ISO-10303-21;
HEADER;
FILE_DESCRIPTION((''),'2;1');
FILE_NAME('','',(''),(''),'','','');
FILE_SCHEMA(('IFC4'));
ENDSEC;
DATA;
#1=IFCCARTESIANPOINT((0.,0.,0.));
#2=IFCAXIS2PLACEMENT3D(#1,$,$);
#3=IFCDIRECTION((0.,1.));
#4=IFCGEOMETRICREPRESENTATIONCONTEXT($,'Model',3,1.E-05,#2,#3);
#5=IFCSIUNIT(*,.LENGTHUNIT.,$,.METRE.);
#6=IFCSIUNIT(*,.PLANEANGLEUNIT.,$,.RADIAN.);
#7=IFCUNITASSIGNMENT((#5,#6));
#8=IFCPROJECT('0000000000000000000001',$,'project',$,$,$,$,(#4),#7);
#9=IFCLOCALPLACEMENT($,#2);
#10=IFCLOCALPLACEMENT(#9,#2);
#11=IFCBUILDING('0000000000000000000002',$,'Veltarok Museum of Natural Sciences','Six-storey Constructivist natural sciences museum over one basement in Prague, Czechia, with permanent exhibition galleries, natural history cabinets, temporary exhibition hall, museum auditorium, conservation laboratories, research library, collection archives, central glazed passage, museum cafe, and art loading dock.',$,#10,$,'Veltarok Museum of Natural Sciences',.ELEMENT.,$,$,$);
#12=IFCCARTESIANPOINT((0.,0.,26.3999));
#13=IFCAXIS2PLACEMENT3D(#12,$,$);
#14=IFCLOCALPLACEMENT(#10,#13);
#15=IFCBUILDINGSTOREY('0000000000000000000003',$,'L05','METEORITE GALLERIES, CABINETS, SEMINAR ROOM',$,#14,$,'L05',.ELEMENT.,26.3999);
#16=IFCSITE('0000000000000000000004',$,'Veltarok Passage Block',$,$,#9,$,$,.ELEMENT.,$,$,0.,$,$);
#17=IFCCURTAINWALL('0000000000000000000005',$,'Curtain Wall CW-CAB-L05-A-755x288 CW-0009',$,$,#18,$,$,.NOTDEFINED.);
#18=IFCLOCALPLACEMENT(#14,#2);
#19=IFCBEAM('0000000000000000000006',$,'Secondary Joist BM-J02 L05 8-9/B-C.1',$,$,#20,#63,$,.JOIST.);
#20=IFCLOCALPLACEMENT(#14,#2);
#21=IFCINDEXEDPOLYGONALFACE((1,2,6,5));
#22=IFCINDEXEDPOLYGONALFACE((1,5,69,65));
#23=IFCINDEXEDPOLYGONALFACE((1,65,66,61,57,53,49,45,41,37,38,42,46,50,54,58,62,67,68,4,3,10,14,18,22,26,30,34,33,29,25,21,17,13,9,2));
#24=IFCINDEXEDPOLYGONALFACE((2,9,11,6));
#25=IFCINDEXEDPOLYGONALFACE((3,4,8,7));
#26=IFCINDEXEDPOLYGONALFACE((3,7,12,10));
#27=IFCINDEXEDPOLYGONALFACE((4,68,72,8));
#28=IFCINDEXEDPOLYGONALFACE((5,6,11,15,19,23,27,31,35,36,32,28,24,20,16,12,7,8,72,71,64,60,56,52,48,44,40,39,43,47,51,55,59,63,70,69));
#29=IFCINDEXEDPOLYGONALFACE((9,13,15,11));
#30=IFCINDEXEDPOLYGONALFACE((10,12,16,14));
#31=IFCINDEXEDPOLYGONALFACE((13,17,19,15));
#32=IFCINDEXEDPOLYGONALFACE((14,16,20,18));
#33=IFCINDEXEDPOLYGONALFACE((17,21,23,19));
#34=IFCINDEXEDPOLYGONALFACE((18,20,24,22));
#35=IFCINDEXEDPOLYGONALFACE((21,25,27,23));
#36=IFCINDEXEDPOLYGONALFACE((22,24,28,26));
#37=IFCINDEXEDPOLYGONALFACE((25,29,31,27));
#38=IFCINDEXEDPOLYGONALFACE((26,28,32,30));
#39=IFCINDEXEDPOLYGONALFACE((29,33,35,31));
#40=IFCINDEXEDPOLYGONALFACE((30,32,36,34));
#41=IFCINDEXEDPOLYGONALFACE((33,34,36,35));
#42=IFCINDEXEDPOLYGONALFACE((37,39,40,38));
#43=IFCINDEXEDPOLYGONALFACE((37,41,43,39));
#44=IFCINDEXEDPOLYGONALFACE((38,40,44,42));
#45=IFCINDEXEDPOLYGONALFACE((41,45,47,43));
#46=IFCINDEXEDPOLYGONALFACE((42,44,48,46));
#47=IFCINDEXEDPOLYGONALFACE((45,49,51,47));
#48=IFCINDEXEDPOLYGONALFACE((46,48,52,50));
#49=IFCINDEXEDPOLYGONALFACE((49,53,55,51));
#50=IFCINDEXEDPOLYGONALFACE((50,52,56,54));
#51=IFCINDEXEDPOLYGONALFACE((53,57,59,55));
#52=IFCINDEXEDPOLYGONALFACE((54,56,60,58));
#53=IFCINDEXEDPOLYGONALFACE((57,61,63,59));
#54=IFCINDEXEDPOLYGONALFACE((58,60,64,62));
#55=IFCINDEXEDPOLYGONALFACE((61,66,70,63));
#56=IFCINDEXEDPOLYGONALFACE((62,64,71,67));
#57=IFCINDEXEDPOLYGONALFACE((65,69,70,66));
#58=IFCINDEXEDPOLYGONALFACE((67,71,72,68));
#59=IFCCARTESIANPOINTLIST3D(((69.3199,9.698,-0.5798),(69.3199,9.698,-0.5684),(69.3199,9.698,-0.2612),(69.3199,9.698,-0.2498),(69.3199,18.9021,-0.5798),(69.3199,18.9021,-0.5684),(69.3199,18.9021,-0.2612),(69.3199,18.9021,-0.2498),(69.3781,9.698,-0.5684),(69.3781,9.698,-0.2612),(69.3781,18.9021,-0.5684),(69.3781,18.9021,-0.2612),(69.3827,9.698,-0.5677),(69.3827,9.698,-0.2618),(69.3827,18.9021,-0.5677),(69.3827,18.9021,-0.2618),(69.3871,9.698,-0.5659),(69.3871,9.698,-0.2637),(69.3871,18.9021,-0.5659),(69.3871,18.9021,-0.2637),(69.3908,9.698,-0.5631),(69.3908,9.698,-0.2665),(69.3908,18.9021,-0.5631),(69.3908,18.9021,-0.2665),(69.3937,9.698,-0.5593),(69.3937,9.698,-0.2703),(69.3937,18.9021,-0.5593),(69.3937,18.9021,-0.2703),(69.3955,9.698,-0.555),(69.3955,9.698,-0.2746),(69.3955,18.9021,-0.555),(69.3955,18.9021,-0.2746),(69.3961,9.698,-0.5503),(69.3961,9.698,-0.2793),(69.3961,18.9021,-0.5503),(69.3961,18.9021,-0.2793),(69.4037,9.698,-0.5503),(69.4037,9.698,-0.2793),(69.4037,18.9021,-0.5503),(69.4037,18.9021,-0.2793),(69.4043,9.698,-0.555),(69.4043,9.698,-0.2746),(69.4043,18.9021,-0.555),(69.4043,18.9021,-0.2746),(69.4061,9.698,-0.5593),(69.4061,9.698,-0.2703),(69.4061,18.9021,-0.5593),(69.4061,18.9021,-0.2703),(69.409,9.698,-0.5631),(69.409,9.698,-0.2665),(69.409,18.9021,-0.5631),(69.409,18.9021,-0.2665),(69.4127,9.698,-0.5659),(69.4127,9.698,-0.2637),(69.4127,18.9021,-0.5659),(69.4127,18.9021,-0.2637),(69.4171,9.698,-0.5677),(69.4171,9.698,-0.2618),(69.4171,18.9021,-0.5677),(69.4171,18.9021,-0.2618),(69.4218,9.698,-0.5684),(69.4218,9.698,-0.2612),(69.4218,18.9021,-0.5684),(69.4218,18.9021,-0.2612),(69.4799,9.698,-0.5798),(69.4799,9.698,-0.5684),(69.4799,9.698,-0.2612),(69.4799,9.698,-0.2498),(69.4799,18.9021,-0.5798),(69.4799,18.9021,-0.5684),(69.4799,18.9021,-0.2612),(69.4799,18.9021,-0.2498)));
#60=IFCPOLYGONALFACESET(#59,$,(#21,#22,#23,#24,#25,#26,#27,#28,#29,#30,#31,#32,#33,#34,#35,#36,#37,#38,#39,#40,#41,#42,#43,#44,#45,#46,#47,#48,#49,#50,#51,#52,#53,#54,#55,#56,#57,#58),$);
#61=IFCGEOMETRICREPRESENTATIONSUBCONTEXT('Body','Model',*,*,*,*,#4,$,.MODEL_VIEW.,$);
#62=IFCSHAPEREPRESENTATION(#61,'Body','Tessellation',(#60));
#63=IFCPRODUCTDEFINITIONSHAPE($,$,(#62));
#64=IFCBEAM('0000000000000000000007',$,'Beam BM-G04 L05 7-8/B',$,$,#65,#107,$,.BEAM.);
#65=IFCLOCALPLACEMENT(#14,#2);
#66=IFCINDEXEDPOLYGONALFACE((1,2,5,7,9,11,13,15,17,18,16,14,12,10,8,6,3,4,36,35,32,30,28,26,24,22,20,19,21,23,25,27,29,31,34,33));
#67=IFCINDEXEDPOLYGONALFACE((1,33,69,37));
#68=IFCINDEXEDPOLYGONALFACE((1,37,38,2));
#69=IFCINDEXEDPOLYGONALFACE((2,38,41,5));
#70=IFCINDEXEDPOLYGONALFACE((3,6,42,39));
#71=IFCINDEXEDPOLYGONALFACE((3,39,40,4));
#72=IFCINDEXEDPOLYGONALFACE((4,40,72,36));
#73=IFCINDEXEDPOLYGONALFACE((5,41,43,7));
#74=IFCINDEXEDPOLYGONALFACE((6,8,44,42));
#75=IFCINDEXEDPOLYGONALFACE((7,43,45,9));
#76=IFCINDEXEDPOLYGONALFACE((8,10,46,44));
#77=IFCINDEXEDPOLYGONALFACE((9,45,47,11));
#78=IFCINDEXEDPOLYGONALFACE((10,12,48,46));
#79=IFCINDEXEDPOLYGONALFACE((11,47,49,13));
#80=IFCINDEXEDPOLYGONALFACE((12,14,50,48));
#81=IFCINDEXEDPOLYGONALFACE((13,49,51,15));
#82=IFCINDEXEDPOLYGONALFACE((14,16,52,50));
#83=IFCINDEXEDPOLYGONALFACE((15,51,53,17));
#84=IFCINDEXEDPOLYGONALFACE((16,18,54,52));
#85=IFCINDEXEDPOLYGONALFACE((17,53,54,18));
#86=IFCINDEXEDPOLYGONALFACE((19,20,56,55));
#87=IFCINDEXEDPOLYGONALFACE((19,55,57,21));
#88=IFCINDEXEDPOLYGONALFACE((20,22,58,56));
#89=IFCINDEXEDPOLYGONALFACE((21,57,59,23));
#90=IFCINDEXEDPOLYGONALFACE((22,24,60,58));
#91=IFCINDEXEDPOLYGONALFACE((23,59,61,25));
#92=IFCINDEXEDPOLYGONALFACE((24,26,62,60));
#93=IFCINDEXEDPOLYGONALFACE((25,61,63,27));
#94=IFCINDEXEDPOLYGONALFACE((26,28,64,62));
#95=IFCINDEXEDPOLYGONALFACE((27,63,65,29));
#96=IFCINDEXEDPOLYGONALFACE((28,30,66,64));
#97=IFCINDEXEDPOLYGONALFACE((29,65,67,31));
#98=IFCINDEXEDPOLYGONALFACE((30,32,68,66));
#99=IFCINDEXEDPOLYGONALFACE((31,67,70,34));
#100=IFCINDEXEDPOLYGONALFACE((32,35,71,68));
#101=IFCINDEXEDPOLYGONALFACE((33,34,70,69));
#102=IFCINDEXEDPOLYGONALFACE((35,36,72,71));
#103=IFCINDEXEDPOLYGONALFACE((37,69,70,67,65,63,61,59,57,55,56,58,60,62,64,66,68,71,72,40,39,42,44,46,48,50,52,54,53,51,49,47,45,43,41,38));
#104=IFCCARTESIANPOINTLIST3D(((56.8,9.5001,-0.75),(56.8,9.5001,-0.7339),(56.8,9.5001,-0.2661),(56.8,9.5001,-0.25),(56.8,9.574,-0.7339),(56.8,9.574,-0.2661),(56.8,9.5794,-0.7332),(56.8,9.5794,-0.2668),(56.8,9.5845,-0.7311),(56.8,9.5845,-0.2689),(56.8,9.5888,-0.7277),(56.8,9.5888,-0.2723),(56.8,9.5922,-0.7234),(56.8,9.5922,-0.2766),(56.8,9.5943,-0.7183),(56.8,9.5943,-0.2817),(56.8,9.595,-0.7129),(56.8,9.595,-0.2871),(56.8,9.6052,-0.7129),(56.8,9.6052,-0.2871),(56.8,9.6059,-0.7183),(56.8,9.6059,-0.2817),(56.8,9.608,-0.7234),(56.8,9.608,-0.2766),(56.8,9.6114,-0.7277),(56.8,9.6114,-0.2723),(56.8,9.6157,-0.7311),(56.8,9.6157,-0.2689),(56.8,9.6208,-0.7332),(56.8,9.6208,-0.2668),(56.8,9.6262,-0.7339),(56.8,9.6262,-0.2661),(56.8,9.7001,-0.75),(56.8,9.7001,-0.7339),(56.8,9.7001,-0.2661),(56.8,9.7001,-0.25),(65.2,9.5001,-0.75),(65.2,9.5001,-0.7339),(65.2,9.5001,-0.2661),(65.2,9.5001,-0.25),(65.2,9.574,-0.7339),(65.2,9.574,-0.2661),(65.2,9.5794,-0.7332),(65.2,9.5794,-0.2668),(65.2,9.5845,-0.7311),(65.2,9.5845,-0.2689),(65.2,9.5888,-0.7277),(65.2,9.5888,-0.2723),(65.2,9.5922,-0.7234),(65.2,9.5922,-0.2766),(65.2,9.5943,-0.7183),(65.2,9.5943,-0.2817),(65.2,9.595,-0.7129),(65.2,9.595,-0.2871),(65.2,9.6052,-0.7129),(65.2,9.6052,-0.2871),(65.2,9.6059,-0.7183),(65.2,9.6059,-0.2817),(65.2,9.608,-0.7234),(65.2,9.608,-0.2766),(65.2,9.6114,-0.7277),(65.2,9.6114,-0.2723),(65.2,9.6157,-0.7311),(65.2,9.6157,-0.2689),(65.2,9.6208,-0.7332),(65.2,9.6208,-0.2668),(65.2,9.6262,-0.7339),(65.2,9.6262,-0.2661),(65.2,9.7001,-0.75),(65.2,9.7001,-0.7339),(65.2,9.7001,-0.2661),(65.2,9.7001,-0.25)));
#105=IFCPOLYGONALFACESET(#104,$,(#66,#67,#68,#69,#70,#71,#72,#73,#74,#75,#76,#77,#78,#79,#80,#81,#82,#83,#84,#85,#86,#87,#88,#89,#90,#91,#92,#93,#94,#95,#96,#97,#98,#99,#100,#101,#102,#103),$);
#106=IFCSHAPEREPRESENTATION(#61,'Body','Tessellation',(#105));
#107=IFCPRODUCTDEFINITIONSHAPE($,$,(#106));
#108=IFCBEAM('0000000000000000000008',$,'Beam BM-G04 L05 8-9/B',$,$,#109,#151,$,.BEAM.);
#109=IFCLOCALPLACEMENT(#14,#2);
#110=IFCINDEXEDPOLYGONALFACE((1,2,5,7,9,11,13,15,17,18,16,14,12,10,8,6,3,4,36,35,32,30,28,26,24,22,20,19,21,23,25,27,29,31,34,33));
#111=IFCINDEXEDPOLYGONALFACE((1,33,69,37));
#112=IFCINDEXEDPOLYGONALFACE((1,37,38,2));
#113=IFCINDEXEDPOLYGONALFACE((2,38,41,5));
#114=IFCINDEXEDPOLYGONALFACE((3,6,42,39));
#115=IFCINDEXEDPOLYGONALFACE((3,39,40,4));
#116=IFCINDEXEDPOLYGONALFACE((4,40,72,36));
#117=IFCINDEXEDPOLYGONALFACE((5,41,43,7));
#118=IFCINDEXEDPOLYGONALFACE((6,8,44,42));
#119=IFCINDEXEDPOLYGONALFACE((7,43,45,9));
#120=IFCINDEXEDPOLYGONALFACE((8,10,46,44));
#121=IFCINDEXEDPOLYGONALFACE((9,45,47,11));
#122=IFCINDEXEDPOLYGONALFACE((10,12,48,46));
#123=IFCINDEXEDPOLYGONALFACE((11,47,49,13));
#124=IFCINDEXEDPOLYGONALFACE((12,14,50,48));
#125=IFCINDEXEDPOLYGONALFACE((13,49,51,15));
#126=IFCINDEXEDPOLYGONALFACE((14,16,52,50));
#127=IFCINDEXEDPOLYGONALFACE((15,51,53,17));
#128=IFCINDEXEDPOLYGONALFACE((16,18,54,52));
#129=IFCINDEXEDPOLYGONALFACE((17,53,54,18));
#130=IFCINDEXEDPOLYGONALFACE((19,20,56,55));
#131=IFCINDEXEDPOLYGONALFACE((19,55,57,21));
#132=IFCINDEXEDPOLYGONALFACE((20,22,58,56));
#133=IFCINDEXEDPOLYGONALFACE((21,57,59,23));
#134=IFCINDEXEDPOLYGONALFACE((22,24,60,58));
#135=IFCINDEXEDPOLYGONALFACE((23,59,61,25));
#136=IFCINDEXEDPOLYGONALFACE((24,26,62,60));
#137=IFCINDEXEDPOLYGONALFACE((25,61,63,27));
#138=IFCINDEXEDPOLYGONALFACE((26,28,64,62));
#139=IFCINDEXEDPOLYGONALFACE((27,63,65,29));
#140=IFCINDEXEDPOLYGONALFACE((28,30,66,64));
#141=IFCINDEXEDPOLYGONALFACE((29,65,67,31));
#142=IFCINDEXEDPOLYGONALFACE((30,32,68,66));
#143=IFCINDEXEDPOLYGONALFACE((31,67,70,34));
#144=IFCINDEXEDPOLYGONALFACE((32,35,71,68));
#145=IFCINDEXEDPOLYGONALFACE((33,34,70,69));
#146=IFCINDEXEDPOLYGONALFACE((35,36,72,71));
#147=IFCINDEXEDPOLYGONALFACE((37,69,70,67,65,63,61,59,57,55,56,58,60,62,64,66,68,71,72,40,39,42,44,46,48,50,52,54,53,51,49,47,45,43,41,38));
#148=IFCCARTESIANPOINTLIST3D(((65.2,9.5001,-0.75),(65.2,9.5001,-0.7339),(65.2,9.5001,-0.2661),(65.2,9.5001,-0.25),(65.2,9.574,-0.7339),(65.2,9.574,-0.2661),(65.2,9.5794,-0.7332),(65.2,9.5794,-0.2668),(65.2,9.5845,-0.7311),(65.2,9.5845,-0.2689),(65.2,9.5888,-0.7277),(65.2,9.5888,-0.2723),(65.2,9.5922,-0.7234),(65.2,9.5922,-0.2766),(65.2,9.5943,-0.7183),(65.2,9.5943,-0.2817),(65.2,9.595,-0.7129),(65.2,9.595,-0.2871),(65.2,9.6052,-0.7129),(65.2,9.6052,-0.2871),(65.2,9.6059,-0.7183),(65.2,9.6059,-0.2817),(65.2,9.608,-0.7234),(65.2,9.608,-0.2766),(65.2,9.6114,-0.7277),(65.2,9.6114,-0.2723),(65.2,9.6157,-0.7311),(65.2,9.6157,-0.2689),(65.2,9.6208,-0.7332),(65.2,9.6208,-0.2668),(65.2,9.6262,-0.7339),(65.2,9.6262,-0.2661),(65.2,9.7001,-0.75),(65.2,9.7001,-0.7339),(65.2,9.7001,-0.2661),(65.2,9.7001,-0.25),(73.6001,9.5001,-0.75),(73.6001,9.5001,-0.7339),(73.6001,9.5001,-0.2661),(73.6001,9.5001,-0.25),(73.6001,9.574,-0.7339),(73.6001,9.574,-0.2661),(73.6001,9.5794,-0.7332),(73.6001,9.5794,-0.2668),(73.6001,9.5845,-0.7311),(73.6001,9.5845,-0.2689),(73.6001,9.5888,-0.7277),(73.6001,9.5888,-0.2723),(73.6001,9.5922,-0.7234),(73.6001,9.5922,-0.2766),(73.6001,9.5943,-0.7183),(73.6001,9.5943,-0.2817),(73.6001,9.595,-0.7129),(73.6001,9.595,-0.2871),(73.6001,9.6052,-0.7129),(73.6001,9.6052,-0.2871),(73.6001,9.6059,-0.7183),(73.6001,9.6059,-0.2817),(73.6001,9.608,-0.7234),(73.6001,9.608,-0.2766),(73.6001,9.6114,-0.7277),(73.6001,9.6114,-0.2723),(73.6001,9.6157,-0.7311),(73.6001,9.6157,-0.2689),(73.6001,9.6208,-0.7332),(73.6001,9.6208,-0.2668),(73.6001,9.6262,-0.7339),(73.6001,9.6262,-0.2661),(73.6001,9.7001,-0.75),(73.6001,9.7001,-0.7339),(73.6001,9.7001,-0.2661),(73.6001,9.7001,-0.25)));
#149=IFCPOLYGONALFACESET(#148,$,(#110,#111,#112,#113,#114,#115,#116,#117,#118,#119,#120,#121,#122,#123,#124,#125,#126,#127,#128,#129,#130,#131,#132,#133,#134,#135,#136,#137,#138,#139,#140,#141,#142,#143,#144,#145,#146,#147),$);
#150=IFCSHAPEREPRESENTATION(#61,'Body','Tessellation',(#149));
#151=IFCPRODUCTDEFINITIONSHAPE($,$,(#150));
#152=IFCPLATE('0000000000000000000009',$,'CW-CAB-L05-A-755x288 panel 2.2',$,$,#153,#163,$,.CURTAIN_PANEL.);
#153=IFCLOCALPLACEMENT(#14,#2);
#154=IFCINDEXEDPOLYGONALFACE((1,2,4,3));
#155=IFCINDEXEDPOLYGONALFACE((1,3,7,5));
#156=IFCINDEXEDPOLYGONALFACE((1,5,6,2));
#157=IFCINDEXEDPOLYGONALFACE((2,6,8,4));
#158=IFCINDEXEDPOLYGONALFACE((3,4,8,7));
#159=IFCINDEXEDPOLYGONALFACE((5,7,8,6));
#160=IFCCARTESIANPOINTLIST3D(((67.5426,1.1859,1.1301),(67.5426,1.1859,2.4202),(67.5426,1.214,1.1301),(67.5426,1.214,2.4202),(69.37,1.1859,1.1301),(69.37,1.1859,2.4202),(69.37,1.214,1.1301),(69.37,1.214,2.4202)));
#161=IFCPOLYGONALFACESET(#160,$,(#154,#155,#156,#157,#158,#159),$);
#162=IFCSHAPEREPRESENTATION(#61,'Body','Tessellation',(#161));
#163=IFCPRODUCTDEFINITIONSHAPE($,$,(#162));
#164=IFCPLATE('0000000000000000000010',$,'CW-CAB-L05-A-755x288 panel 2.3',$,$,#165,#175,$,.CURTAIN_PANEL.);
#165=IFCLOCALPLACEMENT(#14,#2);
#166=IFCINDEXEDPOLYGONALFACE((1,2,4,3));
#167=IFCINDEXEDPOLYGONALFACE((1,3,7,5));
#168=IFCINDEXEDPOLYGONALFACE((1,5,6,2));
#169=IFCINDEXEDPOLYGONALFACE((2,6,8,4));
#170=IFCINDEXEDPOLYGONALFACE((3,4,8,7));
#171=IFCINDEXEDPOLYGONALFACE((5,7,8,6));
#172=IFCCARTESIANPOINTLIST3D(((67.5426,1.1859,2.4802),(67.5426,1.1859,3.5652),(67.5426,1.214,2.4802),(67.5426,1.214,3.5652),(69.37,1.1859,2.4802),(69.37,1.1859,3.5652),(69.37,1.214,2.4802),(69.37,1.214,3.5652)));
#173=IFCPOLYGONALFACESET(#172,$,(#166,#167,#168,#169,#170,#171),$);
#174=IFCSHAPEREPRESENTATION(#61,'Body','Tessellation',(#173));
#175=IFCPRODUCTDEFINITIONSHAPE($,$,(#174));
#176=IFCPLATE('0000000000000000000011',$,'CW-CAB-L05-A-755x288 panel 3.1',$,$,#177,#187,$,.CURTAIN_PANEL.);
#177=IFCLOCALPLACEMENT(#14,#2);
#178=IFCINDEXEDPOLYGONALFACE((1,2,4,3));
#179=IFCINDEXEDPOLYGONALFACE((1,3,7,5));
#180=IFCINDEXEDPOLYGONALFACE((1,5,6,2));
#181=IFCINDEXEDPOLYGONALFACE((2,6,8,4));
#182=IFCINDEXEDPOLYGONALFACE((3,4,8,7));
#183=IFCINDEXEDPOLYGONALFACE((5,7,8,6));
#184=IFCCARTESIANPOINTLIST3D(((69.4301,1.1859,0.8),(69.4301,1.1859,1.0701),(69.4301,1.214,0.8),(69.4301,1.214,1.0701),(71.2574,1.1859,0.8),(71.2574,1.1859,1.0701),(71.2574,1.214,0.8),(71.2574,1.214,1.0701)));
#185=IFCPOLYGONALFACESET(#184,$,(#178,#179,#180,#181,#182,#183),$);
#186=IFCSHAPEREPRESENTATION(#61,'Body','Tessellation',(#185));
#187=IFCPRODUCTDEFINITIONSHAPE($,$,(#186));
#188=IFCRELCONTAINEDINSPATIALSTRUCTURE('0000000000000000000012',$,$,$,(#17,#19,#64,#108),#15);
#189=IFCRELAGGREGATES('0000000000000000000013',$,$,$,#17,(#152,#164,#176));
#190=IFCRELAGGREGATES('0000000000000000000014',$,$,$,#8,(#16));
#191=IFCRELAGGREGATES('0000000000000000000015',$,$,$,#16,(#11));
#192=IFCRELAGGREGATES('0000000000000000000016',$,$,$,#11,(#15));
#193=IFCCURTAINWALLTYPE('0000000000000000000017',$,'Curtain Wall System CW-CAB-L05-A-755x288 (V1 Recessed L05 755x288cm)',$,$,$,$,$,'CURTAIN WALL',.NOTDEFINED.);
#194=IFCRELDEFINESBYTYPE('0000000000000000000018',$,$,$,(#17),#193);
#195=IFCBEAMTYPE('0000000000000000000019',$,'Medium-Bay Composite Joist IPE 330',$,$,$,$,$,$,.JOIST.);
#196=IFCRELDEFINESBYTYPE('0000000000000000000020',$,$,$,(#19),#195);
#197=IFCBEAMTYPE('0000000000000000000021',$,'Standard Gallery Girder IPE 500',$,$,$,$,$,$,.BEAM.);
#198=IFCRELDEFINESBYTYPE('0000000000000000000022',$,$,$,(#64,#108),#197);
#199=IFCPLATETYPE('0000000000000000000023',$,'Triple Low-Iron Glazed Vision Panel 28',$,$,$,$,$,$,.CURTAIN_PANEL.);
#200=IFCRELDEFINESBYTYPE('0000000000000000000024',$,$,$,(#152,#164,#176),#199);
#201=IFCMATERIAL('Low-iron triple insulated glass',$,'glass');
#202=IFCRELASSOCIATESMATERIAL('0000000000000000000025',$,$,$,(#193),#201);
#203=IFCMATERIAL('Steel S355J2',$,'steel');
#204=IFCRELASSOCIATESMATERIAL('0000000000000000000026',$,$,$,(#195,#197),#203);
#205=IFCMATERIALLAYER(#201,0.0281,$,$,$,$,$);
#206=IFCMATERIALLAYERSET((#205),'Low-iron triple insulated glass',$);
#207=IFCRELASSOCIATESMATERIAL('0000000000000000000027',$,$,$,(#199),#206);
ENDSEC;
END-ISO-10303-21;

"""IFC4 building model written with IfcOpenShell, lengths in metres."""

from ifc_helpers import new_model, si_unit, direction, frame, origin, origin_2d, place, context, subcontext, project, spatial, rectangle, i_section, extrude, material, layer, layer_set, material_profile, profile_set, type_object, element, aggregate, save


model = new_model("IFC4")

# Units and contexts
model_context = context("Model", 3, precision=1e-05, world=origin(), true_north=direction((0.0, 1.0)))
body_context = subcontext(model_context, "Body", "Model", "MODEL_VIEW")
ifc_project = project(units=[si_unit("LENGTHUNIT", "METRE"), si_unit("PLANEANGLEUNIT", "RADIAN")], contexts=[model_context])

# Site, building, storey
site_placement = place(None, origin())
site = spatial("IfcSite", under=ifc_project, at=site_placement, Name="Veltarok Passage Block", CompositionType="ELEMENT", RefElevation=0.0)
building_placement = place(site_placement, origin())
building = spatial("IfcBuilding", under=site, at=building_placement, Name="Veltarok Museum of Natural Sciences", Description="Six-storey Constructivist natural sciences museum over one basement in Prague, Czechia, with permanent exhibition galleries, natural history cabinets, temporary exhibition hall, museum auditorium, conservation laboratories, research library, collection archives, central glazed passage, museum cafe, and art loading dock.", LongName="Veltarok Museum of Natural Sciences", CompositionType="ELEMENT")
storey_placement = place(building_placement, frame((0.0, 0.0, 26.3999)))
storey = spatial("IfcBuildingStorey", under=building, at=storey_placement, Name="L05", Description="METEORITE GALLERIES, CABINETS, SEMINAR ROOM", LongName="L05", CompositionType="ELEMENT", Elevation=26.3999)

# Shared definitions
ifc_material_1 = material(Name="Steel S355J2", Category="steel")

# Curtain wall
ifc_material_2 = material(Name="Low-iron triple insulated glass", Category="glass")
curtain_wall_type = type_object("IfcCurtainWallType", Name="Curtain Wall System CW-CAB-L05-A-755x288 (V1 Recessed L05 755x288cm)", ElementType="CURTAIN WALL", PredefinedType="NOTDEFINED", material=ifc_material_2)
curtain_wall_placement = place(storey_placement, origin())
curtain_wall = element("IfcCurtainWall", 1, at=curtain_wall_placement, inside=storey, type_object=curtain_wall_type, Name="Curtain Wall CW-CAB-L05-A-755x288 CW-0009", PredefinedType="NOTDEFINED")

# Beams
ifc_material_profile_1 = material_profile(ifc_material_1, i_section(OverallWidth=0.1599, OverallDepth=0.3301, WebThickness=0.0076, FlangeThickness=0.0115, FilletRadius=0.0181, at=origin_2d()), Name="IPE 330")
ifc_profile_set_1 = profile_set([ifc_material_profile_1], Name="Steel S355J2")
beam_type_1 = type_object("IfcBeamType", Name="Medium-Bay Composite Joist IPE 330", PredefinedType="JOIST", material=ifc_profile_set_1)
for number, where, z_axis, x_axis, name in (
    (2, (69.3999, 9.698, -0.4148), (0.0, 1.0, 0.0), (-1.0, 0.0, 0.0), "Secondary Joist BM-J02 L05 8-9/B-C.1"),
):
    element("IfcBeam", number, at=place(storey_placement, frame(where, z_axis=z_axis, x_axis=x_axis)), inside=storey, type_object=beam_type_1, Name=name, PredefinedType="JOIST", context=body_context, shape_type="SweptSolid", body=[
        extrude(i_section(OverallWidth=0.1599, OverallDepth=0.3301, WebThickness=0.0076, FlangeThickness=0.0115, FilletRadius=0.0181, at=origin_2d()), origin(), (0.0, 0.0, 1.0), 9.2041),
    ])
ifc_material_profile_2 = material_profile(ifc_material_1, i_section(OverallWidth=0.2, OverallDepth=0.5, WebThickness=0.0103, FlangeThickness=0.0161, FilletRadius=0.021, at=origin_2d()), Name="IPE 500")
ifc_profile_set_2 = profile_set([ifc_material_profile_2], Name="Steel S355J2")
beam_type_2 = type_object("IfcBeamType", Name="Standard Gallery Girder IPE 500", PredefinedType="BEAM", material=ifc_profile_set_2)
beam_1_placement = place(storey_placement, frame((56.8, 9.6001, -0.5), z_axis=(1.0, 0.0, 0.0), x_axis=(0.0, 1.0, 0.0)))
element("IfcBeam", 3, at=beam_1_placement, inside=storey, type_object=beam_type_2, Name="Beam BM-G04 L05 7-8/B", PredefinedType="BEAM", context=body_context, shape_type="SweptSolid", body=[
    extrude(i_section(OverallWidth=0.2, OverallDepth=0.5, WebThickness=0.0103, FlangeThickness=0.0161, FilletRadius=0.021, at=origin_2d()), origin(), (0.0, 0.0, 1.0), 8.3999),
])
beam_2_placement = place(storey_placement, frame((65.2, 9.6001, -0.5), z_axis=(1.0, 0.0, 0.0), x_axis=(0.0, 1.0, 0.0)))
element("IfcBeam", 4, at=beam_2_placement, inside=storey, type_object=beam_type_2, Name="Beam BM-G04 L05 8-9/B", PredefinedType="BEAM", context=body_context, shape_type="SweptSolid", body=[
    extrude(i_section(OverallWidth=0.2, OverallDepth=0.5, WebThickness=0.0103, FlangeThickness=0.0161, FilletRadius=0.021, at=origin_2d()), origin(), (0.0, 0.0, 1.0), 8.4001),
])

# Plates
ifc_layer_1 = layer(ifc_material_2, 0.0281)
ifc_layer_set_1 = layer_set([ifc_layer_1], Name="Low-iron triple insulated glass")
plate_type = type_object("IfcPlateType", Name="Triple Low-Iron Glazed Vision Panel 28", PredefinedType="CURTAIN_PANEL", material=ifc_layer_set_1)
plate_1_placement = place(storey_placement, frame((68.4563, 1.2, 1.1301), z_axis=(0.0, 0.0, 1.0), x_axis=(1.0, 0.0, 0.0)))
plate_1 = element("IfcPlate", 5, at=plate_1_placement, type_object=plate_type, Name="CW-CAB-L05-A-755x288 panel 2.2", PredefinedType="CURTAIN_PANEL", context=body_context, shape_type="SweptSolid", body=[
    extrude(rectangle(XDim=1.8274, YDim=0.0281, at=origin_2d()), origin(), (0.0, 0.0, 1.0), 1.29),
])
plate_2_placement = place(storey_placement, frame((68.4563, 1.2, 2.4802), z_axis=(0.0, 0.0, 1.0), x_axis=(1.0, 0.0, 0.0)))
plate_2 = element("IfcPlate", 6, at=plate_2_placement, type_object=plate_type, Name="CW-CAB-L05-A-755x288 panel 2.3", PredefinedType="CURTAIN_PANEL", context=body_context, shape_type="SweptSolid", body=[
    extrude(rectangle(XDim=1.8274, YDim=0.0281, at=origin_2d()), origin(), (0.0, 0.0, 1.0), 1.085),
])
plate_3_placement = place(storey_placement, frame((70.3438, 1.2, 0.8), z_axis=(0.0, 0.0, 1.0), x_axis=(1.0, 0.0, 0.0)))
plate_3 = element("IfcPlate", 7, at=plate_3_placement, type_object=plate_type, Name="CW-CAB-L05-A-755x288 panel 3.1", PredefinedType="CURTAIN_PANEL", context=body_context, shape_type="SweptSolid", body=[
    extrude(rectangle(XDim=1.8274, YDim=0.0281, at=origin_2d()), origin(), (0.0, 0.0, 1.0), 0.27),
])
aggregate(curtain_wall, [plate_1, plate_2, plate_3])

save(model, "model.ifc")
